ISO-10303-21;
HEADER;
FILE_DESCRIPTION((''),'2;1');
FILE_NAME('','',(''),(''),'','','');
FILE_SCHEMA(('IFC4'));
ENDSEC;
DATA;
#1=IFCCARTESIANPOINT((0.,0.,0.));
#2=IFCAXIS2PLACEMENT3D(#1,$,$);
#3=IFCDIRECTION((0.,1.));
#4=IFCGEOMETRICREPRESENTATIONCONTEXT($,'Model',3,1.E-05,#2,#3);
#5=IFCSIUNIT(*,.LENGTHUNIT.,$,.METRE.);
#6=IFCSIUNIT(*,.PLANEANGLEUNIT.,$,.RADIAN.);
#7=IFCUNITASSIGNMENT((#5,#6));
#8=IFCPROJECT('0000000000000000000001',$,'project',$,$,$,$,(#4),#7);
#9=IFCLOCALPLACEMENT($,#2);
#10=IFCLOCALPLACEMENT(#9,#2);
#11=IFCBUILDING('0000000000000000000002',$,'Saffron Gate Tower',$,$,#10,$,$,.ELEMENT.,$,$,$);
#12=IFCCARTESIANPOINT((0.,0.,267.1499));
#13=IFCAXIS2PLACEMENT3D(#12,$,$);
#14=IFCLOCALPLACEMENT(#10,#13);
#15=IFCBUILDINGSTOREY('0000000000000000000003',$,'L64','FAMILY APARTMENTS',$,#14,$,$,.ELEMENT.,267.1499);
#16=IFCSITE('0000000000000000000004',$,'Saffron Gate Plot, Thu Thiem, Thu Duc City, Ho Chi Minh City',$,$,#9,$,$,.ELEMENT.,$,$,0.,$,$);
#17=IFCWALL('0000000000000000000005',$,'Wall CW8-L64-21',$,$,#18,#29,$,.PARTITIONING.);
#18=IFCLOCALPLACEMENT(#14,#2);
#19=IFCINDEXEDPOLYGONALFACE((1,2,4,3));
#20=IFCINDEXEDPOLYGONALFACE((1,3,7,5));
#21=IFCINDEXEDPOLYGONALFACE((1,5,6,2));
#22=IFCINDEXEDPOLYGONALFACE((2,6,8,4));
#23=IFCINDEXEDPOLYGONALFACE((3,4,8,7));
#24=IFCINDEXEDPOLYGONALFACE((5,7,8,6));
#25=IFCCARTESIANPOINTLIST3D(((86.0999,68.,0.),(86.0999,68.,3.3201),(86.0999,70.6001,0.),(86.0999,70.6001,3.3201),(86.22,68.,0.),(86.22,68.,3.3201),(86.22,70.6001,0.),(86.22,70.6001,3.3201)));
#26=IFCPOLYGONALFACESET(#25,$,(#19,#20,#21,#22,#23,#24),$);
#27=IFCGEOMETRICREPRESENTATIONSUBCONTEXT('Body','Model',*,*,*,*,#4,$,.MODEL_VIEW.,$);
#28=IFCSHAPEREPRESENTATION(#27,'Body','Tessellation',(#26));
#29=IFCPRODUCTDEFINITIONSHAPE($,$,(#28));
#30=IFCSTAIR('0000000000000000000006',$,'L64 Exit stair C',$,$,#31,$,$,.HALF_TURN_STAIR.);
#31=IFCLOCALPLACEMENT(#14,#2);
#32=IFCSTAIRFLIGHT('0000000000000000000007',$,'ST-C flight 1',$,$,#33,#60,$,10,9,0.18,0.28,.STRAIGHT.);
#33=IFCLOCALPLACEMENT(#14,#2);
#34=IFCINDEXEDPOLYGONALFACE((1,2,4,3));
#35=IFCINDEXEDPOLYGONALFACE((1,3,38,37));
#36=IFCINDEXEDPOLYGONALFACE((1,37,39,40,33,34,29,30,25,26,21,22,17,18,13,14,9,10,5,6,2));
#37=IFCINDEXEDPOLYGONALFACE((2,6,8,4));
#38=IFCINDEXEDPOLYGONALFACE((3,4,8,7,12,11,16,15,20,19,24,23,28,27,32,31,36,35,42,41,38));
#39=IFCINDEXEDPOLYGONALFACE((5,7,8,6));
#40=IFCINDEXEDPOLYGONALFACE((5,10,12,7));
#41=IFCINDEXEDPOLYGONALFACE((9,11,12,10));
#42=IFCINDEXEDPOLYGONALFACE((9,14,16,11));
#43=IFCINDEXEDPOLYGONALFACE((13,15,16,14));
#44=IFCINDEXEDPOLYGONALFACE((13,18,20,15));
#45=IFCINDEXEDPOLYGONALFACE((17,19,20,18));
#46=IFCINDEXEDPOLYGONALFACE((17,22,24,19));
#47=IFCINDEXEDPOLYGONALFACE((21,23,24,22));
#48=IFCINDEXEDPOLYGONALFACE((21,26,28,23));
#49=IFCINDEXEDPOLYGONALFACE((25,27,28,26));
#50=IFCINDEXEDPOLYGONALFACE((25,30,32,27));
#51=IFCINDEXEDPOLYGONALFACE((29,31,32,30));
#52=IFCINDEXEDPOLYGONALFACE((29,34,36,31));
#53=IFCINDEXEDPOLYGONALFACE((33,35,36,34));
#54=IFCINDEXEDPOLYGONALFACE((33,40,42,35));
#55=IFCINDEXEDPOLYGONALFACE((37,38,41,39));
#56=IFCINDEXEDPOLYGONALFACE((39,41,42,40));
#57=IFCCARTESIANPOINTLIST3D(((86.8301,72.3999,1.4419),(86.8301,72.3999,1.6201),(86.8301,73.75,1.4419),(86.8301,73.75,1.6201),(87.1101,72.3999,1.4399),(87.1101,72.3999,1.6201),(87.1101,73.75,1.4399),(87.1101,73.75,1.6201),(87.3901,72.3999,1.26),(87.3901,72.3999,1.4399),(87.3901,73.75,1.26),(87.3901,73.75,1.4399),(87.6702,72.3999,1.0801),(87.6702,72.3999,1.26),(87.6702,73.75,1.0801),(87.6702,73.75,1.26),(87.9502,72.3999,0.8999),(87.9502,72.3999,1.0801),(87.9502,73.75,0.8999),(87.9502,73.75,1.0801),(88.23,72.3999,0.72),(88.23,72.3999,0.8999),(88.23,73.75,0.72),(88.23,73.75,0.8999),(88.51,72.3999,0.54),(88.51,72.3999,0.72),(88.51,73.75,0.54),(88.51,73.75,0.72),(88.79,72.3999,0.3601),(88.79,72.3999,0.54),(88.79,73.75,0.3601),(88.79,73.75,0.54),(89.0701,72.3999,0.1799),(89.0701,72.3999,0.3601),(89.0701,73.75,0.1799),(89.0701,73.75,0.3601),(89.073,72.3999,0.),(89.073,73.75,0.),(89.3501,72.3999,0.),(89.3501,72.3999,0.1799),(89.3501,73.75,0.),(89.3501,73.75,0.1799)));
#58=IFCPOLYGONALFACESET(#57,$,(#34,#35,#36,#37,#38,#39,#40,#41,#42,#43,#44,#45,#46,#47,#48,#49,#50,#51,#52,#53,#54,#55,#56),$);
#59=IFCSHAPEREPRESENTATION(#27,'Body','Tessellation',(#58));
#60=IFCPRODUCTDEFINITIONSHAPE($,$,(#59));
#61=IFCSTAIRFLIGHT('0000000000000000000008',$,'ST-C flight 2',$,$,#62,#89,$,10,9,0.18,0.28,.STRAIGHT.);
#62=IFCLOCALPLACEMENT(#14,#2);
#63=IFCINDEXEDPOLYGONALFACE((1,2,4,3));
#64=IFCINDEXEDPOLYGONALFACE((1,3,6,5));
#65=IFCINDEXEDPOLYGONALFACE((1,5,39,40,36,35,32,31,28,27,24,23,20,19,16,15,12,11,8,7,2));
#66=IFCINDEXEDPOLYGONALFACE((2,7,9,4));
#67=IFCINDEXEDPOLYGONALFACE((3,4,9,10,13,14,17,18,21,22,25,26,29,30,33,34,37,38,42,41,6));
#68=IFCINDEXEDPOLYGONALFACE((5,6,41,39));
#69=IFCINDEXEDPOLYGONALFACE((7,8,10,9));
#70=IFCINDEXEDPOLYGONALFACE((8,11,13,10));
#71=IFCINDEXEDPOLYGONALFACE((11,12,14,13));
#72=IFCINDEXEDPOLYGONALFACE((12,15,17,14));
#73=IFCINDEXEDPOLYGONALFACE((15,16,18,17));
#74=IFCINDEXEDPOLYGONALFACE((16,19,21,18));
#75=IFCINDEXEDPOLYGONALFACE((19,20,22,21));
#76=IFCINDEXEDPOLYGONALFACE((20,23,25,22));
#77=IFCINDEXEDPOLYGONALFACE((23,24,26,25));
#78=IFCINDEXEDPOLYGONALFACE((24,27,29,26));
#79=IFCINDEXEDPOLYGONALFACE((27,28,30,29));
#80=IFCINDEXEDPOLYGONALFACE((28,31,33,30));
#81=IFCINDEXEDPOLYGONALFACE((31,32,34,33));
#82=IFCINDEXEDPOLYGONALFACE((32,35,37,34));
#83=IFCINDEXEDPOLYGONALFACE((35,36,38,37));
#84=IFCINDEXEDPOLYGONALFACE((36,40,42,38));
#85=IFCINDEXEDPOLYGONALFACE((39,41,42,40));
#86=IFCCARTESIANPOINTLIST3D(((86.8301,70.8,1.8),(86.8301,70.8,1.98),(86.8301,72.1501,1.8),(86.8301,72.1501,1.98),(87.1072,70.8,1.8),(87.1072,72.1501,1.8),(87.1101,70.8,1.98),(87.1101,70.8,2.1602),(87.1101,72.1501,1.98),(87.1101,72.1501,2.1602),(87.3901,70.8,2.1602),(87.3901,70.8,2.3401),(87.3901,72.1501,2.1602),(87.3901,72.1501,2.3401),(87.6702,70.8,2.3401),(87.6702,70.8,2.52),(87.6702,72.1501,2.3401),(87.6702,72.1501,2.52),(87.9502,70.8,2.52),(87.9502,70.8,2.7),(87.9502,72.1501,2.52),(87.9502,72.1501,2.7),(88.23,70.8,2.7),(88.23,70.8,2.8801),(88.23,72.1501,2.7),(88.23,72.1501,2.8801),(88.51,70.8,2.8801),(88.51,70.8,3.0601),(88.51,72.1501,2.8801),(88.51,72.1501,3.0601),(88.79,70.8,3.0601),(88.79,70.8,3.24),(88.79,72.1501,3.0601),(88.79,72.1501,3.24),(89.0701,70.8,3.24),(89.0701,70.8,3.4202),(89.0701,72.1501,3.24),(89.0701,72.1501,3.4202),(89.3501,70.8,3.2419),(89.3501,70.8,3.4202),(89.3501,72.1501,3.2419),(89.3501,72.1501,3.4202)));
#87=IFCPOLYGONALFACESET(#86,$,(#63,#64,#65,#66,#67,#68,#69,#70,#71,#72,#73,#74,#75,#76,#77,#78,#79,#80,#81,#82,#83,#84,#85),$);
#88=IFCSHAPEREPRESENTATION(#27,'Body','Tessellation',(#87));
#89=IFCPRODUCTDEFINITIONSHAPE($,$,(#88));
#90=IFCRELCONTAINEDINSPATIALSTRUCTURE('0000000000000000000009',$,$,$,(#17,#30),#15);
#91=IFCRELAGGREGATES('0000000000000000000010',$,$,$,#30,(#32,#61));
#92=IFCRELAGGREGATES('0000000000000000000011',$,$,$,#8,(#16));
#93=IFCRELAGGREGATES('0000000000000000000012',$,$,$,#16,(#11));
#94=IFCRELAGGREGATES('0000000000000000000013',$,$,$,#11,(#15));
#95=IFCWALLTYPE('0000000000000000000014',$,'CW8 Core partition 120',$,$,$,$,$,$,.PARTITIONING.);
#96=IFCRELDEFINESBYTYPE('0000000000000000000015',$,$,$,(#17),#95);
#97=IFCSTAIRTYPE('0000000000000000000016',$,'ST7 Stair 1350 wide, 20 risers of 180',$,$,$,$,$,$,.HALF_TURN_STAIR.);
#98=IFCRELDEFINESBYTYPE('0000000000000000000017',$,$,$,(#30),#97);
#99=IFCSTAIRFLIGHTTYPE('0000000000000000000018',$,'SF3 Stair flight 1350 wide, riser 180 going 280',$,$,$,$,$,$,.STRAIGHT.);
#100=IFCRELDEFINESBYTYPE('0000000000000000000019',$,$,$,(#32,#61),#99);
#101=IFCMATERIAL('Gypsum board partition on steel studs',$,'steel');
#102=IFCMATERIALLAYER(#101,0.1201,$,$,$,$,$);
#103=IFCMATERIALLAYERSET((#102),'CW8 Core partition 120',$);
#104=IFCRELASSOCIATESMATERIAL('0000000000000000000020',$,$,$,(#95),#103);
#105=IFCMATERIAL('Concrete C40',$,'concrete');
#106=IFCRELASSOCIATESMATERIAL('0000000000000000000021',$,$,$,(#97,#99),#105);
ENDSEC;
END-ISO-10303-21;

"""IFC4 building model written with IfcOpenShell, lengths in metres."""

from ifc_helpers import new_model, si_unit, direction, frame, frame_2d, origin, place, context, subcontext, project, spatial, polyline, rectangle, outline, extrude, material, layer, layer_set, type_object, element, aggregate, save


model = new_model("IFC4")

# Units and contexts
model_context = context("Model", 3, precision=1e-05, world=origin(), true_north=direction((0.0, 1.0)))
body_context = subcontext(model_context, "Body", "Model", "MODEL_VIEW")
ifc_project = project(units=[si_unit("LENGTHUNIT", "METRE"), si_unit("PLANEANGLEUNIT", "RADIAN")], contexts=[model_context])

# Site, building, storey
site_placement = place(None, origin())
site = spatial("IfcSite", under=ifc_project, at=site_placement, Name="Saffron Gate Plot, Thu Thiem, Thu Duc City, Ho Chi Minh City", CompositionType="ELEMENT", RefElevation=0.0)
building_placement = place(site_placement, origin())
building = spatial("IfcBuilding", under=site, at=building_placement, Name="Saffron Gate Tower", CompositionType="ELEMENT")
storey_placement = place(building_placement, frame((0.0, 0.0, 267.1499)))
storey = spatial("IfcBuildingStorey", under=building, at=storey_placement, Name="L64", Description="FAMILY APARTMENTS", CompositionType="ELEMENT", Elevation=267.1499)

# Shared definitions
ifc_material_1 = material(Name="Gypsum board partition on steel studs", Category="steel")

# Wall
ifc_layer_1 = layer(ifc_material_1, 0.1201)
ifc_layer_set_1 = layer_set([ifc_layer_1], Name="CW8 Core partition 120")
wall_type_1 = type_object("IfcWallType", Name="CW8 Core partition 120", PredefinedType="PARTITIONING", material=ifc_layer_set_1)
wall_1_placement = place(storey_placement, frame((86.1599, 68.0, 0.0), z_axis=(0.0, 0.0, 1.0), x_axis=(0.0, 1.0, 0.0)))
element("IfcWall", 1, at=wall_1_placement, inside=storey, type_object=wall_type_1, Name="Wall CW8-L64-21", PredefinedType="PARTITIONING", context=body_context, shape_type="SweptSolid", body=[
    extrude(rectangle(XDim=2.6001, YDim=0.1201, at=frame_2d((1.3, 0.0))), origin(), (0.0, 0.0, 1.0), 3.3201),
])

# Stair, stair flights
ifc_material_2 = material(Name="Concrete C40", Category="concrete")
stair_type = type_object("IfcStairType", Name="ST7 Stair 1350 wide, 20 risers of 180", PredefinedType="HALF_TURN_STAIR", material=ifc_material_2)
stair_placement = place(storey_placement, origin())
stair = element("IfcStair", 2, at=stair_placement, inside=storey, type_object=stair_type, Name="L64 Exit stair C", PredefinedType="HALF_TURN_STAIR")
stair_flight_type = type_object("IfcStairFlightType", Name="SF3 Stair flight 1350 wide, riser 180 going 280", PredefinedType="STRAIGHT", material=ifc_material_2)
stair_flight_1_placement = place(storey_placement, frame((89.3501, 73.075, 0.0), z_axis=(0.0, 0.0, 1.0), x_axis=(-1.0, 0.0, 0.0)))
stair_flight_1 = element("IfcStairFlight", 3, at=stair_flight_1_placement, type_object=stair_flight_type, Name="ST-C flight 1", NumberOfRisers=10, NumberOfTreads=9, PredefinedType="STRAIGHT", RiserHeight=0.18, TreadLength=0.28, context=body_context, shape_type="SweptSolid", body=[
    extrude(outline(polyline([(0.0, 0.0), (0.0, 0.1799), (0.28, 0.1799), (0.28, 0.3601), (0.5601, 0.3601), (0.5601, 0.54), (0.8401, 0.54), (0.8401, 0.72), (1.1201, 0.72), (1.1201, 0.8999), (1.3999, 0.8999), (1.3999, 1.0801), (1.6799, 1.0801), (1.6799, 1.26), (1.96, 1.26), (1.96, 1.4399), (2.24, 1.4399), (2.24, 1.6201), (2.52, 1.6201), (2.52, 1.8), (2.52, 1.4419), (0.2771, 0.0), (0.0, 0.0)])), frame((0.0, 0.675, 0.0), z_axis=(0.0, -1.0, 0.0), x_axis=(1.0, 0.0, 0.0)), (0.0, 0.0, 1.0), 1.3501),
])
stair_flight_2_placement = place(storey_placement, frame((86.8301, 71.4751, 1.8), z_axis=(0.0, 0.0, 1.0), x_axis=(1.0, 0.0, 0.0)))
stair_flight_2 = element("IfcStairFlight", 4, at=stair_flight_2_placement, type_object=stair_flight_type, Name="ST-C flight 2", NumberOfRisers=10, NumberOfTreads=9, PredefinedType="STRAIGHT", RiserHeight=0.18, TreadLength=0.28, context=body_context, shape_type="SweptSolid", body=[
    extrude(outline(polyline([(0.0, 0.0), (0.0, 0.1799), (0.28, 0.1799), (0.28, 0.3601), (0.5601, 0.3601), (0.5601, 0.54), (0.8401, 0.54), (0.8401, 0.72), (1.1201, 0.72), (1.1201, 0.8999), (1.3999, 0.8999), (1.3999, 1.0801), (1.6799, 1.0801), (1.6799, 1.26), (1.96, 1.26), (1.96, 1.4399), (2.24, 1.4399), (2.24, 1.6201), (2.52, 1.6201), (2.52, 1.8), (2.52, 1.4419), (0.2771, 0.0), (0.0, 0.0)])), frame((0.0, 0.675, 0.0), z_axis=(0.0, -1.0, 0.0), x_axis=(1.0, 0.0, 0.0)), (0.0, 0.0, 1.0), 1.3501),
])
aggregate(stair, [stair_flight_1, stair_flight_2])

save(model, "model.ifc")
